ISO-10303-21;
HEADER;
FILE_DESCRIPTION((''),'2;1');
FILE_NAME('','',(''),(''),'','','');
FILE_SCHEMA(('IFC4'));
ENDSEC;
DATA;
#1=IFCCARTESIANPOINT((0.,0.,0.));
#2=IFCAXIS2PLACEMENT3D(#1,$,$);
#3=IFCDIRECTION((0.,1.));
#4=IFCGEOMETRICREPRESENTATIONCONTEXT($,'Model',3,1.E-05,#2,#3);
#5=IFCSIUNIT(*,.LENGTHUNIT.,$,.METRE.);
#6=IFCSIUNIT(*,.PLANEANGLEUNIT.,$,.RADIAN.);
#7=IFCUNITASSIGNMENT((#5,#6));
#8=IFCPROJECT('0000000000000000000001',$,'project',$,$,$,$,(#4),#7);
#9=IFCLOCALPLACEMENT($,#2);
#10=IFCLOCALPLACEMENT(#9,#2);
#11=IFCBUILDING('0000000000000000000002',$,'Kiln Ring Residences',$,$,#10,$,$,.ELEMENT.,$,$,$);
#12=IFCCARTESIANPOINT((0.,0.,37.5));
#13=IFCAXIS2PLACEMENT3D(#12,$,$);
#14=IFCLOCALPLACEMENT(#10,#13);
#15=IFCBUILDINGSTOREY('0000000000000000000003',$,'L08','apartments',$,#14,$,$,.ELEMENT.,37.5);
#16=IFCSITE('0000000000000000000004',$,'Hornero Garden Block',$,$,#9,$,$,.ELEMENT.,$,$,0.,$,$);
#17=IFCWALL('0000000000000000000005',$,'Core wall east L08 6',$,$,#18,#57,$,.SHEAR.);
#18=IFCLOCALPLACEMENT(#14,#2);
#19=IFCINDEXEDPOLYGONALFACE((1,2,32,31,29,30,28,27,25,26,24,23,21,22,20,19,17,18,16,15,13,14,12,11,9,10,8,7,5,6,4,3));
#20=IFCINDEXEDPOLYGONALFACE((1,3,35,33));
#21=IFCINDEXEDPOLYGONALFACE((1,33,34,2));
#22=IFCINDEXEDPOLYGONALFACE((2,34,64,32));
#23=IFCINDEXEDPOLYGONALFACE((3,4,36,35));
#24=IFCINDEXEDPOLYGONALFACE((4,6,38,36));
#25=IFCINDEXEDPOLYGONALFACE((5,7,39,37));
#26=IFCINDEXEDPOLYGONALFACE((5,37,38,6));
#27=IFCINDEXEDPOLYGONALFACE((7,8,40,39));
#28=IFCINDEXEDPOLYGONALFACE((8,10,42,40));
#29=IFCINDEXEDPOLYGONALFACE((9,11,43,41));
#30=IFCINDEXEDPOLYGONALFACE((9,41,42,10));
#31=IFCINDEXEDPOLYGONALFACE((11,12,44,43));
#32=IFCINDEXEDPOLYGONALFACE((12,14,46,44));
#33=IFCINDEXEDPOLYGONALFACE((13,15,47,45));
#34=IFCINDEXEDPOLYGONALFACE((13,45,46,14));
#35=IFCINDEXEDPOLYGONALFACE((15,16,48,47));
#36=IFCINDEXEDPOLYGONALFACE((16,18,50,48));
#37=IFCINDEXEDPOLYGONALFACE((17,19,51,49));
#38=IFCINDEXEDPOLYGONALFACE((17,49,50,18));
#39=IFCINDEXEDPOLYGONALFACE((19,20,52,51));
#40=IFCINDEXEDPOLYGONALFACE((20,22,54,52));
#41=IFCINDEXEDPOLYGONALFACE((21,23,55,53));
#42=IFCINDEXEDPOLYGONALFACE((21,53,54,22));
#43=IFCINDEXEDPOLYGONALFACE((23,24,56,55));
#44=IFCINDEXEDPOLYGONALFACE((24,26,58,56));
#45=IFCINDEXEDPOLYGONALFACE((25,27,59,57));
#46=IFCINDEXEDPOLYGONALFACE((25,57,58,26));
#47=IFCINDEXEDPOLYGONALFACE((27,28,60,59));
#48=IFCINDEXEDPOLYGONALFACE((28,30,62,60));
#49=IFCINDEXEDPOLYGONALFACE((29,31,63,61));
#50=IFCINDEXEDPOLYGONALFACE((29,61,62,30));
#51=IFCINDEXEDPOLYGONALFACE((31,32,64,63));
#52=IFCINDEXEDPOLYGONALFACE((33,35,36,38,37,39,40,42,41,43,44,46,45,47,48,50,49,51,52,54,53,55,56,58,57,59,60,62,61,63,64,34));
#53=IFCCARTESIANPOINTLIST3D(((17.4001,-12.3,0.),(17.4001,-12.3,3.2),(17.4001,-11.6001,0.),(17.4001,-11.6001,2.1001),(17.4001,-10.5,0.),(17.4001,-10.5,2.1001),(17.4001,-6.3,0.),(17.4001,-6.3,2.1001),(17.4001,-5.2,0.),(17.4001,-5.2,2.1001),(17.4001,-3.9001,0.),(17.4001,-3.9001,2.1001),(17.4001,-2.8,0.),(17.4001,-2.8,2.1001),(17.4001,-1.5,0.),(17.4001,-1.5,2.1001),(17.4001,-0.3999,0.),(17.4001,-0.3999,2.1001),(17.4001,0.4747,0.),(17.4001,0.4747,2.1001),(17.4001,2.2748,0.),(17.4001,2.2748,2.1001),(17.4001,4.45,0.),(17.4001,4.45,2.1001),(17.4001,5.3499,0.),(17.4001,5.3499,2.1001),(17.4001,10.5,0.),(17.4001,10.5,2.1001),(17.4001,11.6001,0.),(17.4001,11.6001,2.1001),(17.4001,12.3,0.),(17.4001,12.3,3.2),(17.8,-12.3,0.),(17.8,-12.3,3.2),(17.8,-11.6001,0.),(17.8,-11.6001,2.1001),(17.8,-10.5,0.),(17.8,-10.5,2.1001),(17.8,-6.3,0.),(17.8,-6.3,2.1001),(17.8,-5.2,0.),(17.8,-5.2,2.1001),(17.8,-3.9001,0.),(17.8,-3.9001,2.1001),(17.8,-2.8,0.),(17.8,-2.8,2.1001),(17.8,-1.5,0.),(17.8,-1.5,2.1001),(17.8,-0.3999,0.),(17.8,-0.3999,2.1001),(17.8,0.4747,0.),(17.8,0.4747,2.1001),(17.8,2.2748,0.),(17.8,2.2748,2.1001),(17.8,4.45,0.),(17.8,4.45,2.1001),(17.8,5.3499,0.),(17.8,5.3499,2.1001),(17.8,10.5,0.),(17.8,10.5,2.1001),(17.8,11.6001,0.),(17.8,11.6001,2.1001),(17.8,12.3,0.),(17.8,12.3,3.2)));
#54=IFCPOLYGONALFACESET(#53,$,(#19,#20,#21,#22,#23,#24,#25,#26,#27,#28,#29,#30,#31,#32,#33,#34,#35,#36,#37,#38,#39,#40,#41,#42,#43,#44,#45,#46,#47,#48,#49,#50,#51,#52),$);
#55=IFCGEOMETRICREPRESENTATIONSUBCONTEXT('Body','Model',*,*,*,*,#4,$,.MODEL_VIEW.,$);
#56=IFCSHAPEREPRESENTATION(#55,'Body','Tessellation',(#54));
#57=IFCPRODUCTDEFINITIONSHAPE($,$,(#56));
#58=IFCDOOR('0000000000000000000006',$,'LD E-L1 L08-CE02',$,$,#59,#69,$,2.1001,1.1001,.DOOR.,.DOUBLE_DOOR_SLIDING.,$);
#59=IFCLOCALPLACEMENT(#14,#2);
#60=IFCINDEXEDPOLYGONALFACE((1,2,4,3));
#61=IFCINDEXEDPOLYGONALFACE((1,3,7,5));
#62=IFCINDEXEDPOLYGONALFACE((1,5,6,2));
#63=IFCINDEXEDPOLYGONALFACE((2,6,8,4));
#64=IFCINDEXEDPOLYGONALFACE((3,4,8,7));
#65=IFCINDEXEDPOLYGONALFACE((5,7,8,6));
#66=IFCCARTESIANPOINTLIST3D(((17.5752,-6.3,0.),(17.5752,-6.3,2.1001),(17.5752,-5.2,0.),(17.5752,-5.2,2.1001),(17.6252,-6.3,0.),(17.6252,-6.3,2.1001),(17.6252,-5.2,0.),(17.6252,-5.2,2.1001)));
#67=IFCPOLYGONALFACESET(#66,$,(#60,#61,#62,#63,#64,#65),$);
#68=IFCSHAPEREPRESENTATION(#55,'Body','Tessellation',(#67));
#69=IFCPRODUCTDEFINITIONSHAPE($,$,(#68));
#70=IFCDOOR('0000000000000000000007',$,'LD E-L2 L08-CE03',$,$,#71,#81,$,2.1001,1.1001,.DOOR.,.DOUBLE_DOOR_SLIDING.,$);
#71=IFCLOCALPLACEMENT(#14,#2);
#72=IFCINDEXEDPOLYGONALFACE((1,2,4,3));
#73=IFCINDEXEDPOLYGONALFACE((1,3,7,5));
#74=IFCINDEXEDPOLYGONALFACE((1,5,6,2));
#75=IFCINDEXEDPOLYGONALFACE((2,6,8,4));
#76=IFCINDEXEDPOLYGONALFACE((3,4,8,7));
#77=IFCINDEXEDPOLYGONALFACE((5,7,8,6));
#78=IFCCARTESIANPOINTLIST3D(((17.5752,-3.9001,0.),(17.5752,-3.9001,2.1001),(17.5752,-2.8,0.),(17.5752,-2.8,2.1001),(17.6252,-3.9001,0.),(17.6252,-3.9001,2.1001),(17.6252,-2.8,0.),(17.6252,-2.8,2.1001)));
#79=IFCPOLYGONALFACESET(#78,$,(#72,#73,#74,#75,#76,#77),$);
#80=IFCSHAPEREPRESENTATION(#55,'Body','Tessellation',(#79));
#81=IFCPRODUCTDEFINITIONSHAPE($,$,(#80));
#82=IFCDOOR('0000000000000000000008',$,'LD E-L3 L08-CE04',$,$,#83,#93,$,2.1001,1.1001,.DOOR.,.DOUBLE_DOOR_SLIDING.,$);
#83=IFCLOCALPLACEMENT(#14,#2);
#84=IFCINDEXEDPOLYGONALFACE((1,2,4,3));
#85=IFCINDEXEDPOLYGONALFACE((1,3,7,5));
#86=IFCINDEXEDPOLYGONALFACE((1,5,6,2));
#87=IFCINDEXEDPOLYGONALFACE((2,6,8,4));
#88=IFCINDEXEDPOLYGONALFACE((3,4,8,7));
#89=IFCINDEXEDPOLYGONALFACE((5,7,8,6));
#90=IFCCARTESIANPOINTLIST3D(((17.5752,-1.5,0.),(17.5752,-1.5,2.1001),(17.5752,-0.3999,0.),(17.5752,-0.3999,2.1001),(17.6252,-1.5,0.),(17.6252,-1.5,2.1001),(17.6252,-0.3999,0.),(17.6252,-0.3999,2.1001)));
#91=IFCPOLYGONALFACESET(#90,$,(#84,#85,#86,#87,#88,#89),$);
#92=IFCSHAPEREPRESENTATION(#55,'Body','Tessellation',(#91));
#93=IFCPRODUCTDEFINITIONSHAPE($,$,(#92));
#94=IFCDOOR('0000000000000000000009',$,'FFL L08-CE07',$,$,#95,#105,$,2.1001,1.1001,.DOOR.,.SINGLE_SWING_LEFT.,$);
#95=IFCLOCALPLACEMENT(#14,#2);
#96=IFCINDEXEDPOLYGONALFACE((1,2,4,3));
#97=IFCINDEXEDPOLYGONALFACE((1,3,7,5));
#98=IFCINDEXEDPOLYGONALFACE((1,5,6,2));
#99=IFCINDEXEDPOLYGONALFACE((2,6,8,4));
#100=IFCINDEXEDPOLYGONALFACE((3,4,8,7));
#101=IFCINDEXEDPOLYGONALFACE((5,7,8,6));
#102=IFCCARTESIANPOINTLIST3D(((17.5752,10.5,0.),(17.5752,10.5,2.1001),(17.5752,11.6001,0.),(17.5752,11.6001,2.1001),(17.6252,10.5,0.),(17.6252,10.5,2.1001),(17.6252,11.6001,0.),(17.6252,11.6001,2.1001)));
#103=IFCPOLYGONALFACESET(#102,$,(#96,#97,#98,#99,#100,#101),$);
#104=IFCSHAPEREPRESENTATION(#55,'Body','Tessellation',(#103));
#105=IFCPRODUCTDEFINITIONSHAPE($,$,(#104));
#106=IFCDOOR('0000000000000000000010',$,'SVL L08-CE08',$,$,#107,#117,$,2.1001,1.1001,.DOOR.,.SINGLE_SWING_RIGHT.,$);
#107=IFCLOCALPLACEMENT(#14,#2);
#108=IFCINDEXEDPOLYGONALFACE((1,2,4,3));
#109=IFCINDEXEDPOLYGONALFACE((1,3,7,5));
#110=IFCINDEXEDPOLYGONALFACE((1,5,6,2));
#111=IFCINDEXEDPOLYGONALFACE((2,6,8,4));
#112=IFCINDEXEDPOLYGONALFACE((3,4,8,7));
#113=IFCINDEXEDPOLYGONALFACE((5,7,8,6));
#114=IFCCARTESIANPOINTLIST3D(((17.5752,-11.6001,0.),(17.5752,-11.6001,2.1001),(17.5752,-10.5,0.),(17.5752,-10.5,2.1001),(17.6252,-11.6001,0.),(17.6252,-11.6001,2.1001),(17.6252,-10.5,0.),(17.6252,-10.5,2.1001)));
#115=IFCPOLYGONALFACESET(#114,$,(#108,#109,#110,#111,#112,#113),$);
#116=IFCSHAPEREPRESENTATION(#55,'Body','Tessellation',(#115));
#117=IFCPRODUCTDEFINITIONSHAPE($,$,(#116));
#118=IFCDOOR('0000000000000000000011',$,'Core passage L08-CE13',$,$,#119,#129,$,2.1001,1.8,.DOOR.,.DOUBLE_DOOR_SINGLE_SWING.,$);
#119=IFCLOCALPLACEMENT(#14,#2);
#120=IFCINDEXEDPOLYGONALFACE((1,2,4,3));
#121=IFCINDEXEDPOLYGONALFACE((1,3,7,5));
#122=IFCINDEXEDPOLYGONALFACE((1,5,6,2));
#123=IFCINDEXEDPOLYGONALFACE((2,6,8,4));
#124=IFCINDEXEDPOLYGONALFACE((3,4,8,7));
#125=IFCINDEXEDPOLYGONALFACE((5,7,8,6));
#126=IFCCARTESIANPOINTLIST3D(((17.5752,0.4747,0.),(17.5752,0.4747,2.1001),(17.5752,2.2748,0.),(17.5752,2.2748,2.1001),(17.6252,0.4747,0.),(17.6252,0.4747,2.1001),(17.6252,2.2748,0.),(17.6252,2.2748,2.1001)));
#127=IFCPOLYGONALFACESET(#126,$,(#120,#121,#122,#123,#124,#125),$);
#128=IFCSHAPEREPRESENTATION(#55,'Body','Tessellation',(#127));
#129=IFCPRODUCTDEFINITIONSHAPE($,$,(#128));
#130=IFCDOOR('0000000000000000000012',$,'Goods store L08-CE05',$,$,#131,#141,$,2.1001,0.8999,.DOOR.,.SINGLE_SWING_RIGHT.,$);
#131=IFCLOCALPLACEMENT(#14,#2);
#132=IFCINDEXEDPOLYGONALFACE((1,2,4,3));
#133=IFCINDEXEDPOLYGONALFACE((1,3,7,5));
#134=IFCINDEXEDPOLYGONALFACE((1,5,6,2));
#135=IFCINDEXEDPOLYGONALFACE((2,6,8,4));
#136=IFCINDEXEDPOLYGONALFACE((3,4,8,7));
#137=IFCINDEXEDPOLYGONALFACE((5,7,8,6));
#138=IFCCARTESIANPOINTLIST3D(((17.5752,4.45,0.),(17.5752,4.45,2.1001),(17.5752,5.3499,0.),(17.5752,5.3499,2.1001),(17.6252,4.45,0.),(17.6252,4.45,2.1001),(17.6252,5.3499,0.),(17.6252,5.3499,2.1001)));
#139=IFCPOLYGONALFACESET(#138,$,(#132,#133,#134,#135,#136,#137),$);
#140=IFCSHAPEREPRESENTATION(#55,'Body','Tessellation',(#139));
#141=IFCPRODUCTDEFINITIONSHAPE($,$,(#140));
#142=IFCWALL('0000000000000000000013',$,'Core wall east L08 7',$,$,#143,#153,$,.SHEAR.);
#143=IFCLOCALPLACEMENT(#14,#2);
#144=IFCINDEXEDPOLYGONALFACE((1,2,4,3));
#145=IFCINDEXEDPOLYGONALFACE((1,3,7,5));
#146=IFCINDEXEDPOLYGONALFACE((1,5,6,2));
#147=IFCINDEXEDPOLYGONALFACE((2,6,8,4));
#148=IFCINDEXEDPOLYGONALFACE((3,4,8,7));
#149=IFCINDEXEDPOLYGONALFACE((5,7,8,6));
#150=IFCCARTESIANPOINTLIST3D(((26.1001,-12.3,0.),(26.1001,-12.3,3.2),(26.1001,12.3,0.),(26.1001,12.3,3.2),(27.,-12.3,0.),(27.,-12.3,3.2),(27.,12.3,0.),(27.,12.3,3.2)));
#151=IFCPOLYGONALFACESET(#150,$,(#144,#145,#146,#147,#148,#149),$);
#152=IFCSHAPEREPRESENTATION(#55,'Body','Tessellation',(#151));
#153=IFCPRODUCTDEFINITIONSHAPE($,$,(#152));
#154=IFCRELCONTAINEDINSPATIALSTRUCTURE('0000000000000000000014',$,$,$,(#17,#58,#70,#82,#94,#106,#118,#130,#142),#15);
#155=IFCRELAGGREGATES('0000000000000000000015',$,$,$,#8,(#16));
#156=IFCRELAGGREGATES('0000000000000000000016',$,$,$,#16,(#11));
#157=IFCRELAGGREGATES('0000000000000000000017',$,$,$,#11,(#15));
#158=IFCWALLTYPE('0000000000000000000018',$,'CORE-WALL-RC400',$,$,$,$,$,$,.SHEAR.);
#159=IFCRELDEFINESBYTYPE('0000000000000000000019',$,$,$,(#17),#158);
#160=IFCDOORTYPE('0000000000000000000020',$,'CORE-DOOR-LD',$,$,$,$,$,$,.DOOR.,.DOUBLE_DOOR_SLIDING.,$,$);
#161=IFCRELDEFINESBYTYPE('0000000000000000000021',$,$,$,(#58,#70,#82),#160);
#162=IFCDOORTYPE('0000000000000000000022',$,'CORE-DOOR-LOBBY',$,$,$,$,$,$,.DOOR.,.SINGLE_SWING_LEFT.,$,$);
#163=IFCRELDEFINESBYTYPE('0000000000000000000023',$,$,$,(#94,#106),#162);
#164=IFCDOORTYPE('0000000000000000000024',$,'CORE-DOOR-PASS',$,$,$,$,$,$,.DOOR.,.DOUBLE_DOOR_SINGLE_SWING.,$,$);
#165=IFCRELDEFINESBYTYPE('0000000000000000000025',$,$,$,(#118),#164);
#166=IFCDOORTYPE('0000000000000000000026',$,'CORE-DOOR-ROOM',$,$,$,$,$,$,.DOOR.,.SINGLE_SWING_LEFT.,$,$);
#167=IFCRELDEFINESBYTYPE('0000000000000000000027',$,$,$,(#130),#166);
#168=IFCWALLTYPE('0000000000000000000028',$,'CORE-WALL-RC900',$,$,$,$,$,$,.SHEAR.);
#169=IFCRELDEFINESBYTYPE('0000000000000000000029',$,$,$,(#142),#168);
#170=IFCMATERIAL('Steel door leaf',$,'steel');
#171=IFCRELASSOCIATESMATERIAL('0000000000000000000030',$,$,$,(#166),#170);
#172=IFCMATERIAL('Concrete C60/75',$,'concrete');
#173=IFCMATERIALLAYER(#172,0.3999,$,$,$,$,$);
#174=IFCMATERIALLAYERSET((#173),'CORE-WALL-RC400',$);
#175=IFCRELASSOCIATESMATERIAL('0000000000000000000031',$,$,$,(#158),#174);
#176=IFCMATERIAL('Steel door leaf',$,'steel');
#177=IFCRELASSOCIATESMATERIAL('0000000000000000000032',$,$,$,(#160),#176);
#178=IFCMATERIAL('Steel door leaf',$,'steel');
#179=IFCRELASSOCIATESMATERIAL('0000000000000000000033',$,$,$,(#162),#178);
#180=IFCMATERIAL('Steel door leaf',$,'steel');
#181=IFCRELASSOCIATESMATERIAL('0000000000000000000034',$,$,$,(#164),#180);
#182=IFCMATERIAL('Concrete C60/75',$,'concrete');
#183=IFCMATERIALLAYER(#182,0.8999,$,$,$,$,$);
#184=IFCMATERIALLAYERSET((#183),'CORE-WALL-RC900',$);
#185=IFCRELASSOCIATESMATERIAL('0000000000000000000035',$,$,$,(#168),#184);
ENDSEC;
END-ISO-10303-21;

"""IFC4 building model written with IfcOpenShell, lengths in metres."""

from ifc_helpers import new_model, si_unit, direction, frame, frame_2d, origin, place, context, subcontext, project, spatial, rectangle, extrude, material, layer, layer_set, type_object, element, fill, save


model = new_model("IFC4")

# Units and contexts
model_context = context("Model", 3, precision=1e-05, world=origin(), true_north=direction((0.0, 1.0)))
body_context = subcontext(model_context, "Body", "Model", "MODEL_VIEW")
ifc_project = project(units=[si_unit("LENGTHUNIT", "METRE"), si_unit("PLANEANGLEUNIT", "RADIAN")], contexts=[model_context])

# Site, building, storey
site_placement = place(None, origin())
site = spatial("IfcSite", under=ifc_project, at=site_placement, Name="Hornero Garden Block", CompositionType="ELEMENT", RefElevation=0.0)
building_placement = place(site_placement, origin())
building = spatial("IfcBuilding", under=site, at=building_placement, Name="Kiln Ring Residences", CompositionType="ELEMENT")
storey_placement = place(building_placement, frame((0.0, 0.0, 37.5)))
storey = spatial("IfcBuildingStorey", under=building, at=storey_placement, Name="L08", Description="apartments", CompositionType="ELEMENT", Elevation=37.5)

# Shared definitions
ifc_material_1 = material(Name="Steel door leaf", Category="steel")
door_type_1 = type_object("IfcDoorType", Name="CORE-DOOR-ROOM", OperationType="SINGLE_SWING_LEFT", PredefinedType="DOOR", material=ifc_material_1)

# Wall, openings, doors
ifc_material_2 = material(Name="Concrete C60/75", Category="concrete")
ifc_layer_1 = layer(ifc_material_2, 0.3999)
ifc_layer_set_1 = layer_set([ifc_layer_1], Name="CORE-WALL-RC400")
wall_type_1 = type_object("IfcWallType", Name="CORE-WALL-RC400", PredefinedType="SHEAR", material=ifc_layer_set_1)
wall_1_placement = place(storey_placement, frame((17.6001, -12.3, 0.0), z_axis=(0.0, 0.0, 1.0), x_axis=(0.0, 1.0, 0.0)))
wall_1 = element("IfcWall", 1, at=wall_1_placement, inside=storey, type_object=wall_type_1, Name="Core wall east L08 6", PredefinedType="SHEAR", context=body_context, shape_type="SweptSolid", body=[
    extrude(rectangle(XDim=24.6001, YDim=0.3999, at=frame_2d((12.3, 0.0))), origin(), (0.0, 0.0, 1.0), 3.2),
])
opening_1_placement = place(wall_1_placement, frame((6.0, 0.0, 0.0)))
opening_1 = element("IfcOpeningElement", 2, at=opening_1_placement, cuts=wall_1, PredefinedType="OPENING", context=body_context, shape_type="SweptSolid", body=[
    extrude(rectangle(XDim=1.1001, YDim=2.1001, at=frame_2d((0.55, 1.05))), frame((0.0, 0.21, 0.0), z_axis=(0.0, -1.0, 0.0), x_axis=(1.0, 0.0, 0.0)), (0.0, 0.0, 1.0), 0.4199),
])
opening_2_placement = place(wall_1_placement, frame((8.3999, 0.0, 0.0)))
opening_2 = element("IfcOpeningElement", 3, at=opening_2_placement, cuts=wall_1, PredefinedType="OPENING", context=body_context, shape_type="SweptSolid", body=[
    extrude(rectangle(XDim=1.1001, YDim=2.1001, at=frame_2d((0.55, 1.05))), frame((0.0, 0.21, 0.0), z_axis=(0.0, -1.0, 0.0), x_axis=(1.0, 0.0, 0.0)), (0.0, 0.0, 1.0), 0.4199),
])
opening_3_placement = place(wall_1_placement, frame((10.8, 0.0, 0.0)))
opening_3 = element("IfcOpeningElement", 4, at=opening_3_placement, cuts=wall_1, PredefinedType="OPENING", context=body_context, shape_type="SweptSolid", body=[
    extrude(rectangle(XDim=1.1001, YDim=2.1001, at=frame_2d((0.55, 1.05))), frame((0.0, 0.21, 0.0), z_axis=(0.0, -1.0, 0.0), x_axis=(1.0, 0.0, 0.0)), (0.0, 0.0, 1.0), 0.4199),
])
opening_4_placement = place(wall_1_placement, frame((16.75, 0.0, 0.0)))
opening_4 = element("IfcOpeningElement", 5, at=opening_4_placement, cuts=wall_1, PredefinedType="OPENING", context=body_context, shape_type="SweptSolid", body=[
    extrude(rectangle(XDim=0.8999, YDim=2.1001, at=frame_2d((0.45, 1.05))), frame((0.0, 0.21, 0.0), z_axis=(0.0, -1.0, 0.0), x_axis=(1.0, 0.0, 0.0)), (0.0, 0.0, 1.0), 0.4199),
])
opening_5_placement = place(wall_1_placement, frame((22.8, 0.0, 0.0)))
opening_5 = element("IfcOpeningElement", 6, at=opening_5_placement, cuts=wall_1, PredefinedType="OPENING", context=body_context, shape_type="SweptSolid", body=[
    extrude(rectangle(XDim=1.1001, YDim=2.1001, at=frame_2d((0.55, 1.05))), frame((0.0, 0.21, 0.0), z_axis=(0.0, -1.0, 0.0), x_axis=(1.0, 0.0, 0.0)), (0.0, 0.0, 1.0), 0.4199),
])
opening_6_placement = place(wall_1_placement, frame((0.7, 0.0, 0.0)))
opening_6 = element("IfcOpeningElement", 7, at=opening_6_placement, cuts=wall_1, PredefinedType="OPENING", context=body_context, shape_type="SweptSolid", body=[
    extrude(rectangle(XDim=1.1001, YDim=2.1001, at=frame_2d((0.55, 1.05))), frame((0.0, 0.21, 0.0), z_axis=(0.0, -1.0, 0.0), x_axis=(1.0, 0.0, 0.0)), (0.0, 0.0, 1.0), 0.4199),
])
opening_7_placement = place(wall_1_placement, frame((12.7749, 0.0, 0.0)))
opening_7 = element("IfcOpeningElement", 8, at=opening_7_placement, cuts=wall_1, PredefinedType="OPENING", context=body_context, shape_type="SweptSolid", body=[
    extrude(rectangle(XDim=1.8, YDim=2.1001, at=frame_2d((0.8999, 1.05))), frame((0.0, 0.21, 0.0), z_axis=(0.0, -1.0, 0.0), x_axis=(1.0, 0.0, 0.0)), (0.0, 0.0, 1.0), 0.4199),
])
ifc_material_3 = material(Name="Steel door leaf", Category="steel")
door_type_2 = type_object("IfcDoorType", Name="CORE-DOOR-LD", OperationType="DOUBLE_DOOR_SLIDING", PredefinedType="DOOR", material=ifc_material_3)
door_1_placement = place(opening_1_placement, origin())
door_1 = element("IfcDoor", 9, at=door_1_placement, inside=storey, type_object=door_type_2, Name="LD E-L1 L08-CE02", OperationType="DOUBLE_DOOR_SLIDING", OverallHeight=2.1001, OverallWidth=1.1001, PredefinedType="DOOR", context=body_context, shape_type="SweptSolid", body=[
    extrude(rectangle(XDim=1.1001, YDim=2.1001, at=frame_2d((0.55, 1.05))), frame((0.0, 0.0249, 0.0), z_axis=(0.0, -1.0, 0.0), x_axis=(1.0, 0.0, 0.0)), (0.0, 0.0, 1.0), 0.05),
])
fill(opening_1, door_1)
door_2_placement = place(opening_2_placement, origin())
door_2 = element("IfcDoor", 10, at=door_2_placement, inside=storey, type_object=door_type_2, Name="LD E-L2 L08-CE03", OperationType="DOUBLE_DOOR_SLIDING", OverallHeight=2.1001, OverallWidth=1.1001, PredefinedType="DOOR", context=body_context, shape_type="SweptSolid", body=[
    extrude(rectangle(XDim=1.1001, YDim=2.1001, at=frame_2d((0.55, 1.05))), frame((0.0, 0.0249, 0.0), z_axis=(0.0, -1.0, 0.0), x_axis=(1.0, 0.0, 0.0)), (0.0, 0.0, 1.0), 0.05),
])
fill(opening_2, door_2)
door_3_placement = place(opening_3_placement, origin())
door_3 = element("IfcDoor", 11, at=door_3_placement, inside=storey, type_object=door_type_2, Name="LD E-L3 L08-CE04", OperationType="DOUBLE_DOOR_SLIDING", OverallHeight=2.1001, OverallWidth=1.1001, PredefinedType="DOOR", context=body_context, shape_type="SweptSolid", body=[
    extrude(rectangle(XDim=1.1001, YDim=2.1001, at=frame_2d((0.55, 1.05))), frame((0.0, 0.0249, 0.0), z_axis=(0.0, -1.0, 0.0), x_axis=(1.0, 0.0, 0.0)), (0.0, 0.0, 1.0), 0.05),
])
fill(opening_3, door_3)
ifc_material_4 = material(Name="Steel door leaf", Category="steel")
door_type_3 = type_object("IfcDoorType", Name="CORE-DOOR-LOBBY", OperationType="SINGLE_SWING_LEFT", PredefinedType="DOOR", material=ifc_material_4)
door_4_placement = place(opening_5_placement, origin())
door_4 = element("IfcDoor", 12, at=door_4_placement, inside=storey, type_object=door_type_3, Name="FFL L08-CE07", OperationType="SINGLE_SWING_LEFT", OverallHeight=2.1001, OverallWidth=1.1001, PredefinedType="DOOR", context=body_context, shape_type="SweptSolid", body=[
    extrude(rectangle(XDim=1.1001, YDim=2.1001, at=frame_2d((0.55, 1.05))), frame((0.0, 0.0249, 0.0), z_axis=(0.0, -1.0, 0.0), x_axis=(1.0, 0.0, 0.0)), (0.0, 0.0, 1.0), 0.05),
])
fill(opening_5, door_4)
door_5_placement = place(opening_6_placement, origin())
door_5 = element("IfcDoor", 13, at=door_5_placement, inside=storey, type_object=door_type_3, Name="SVL L08-CE08", OperationType="SINGLE_SWING_RIGHT", OverallHeight=2.1001, OverallWidth=1.1001, PredefinedType="DOOR", context=body_context, shape_type="SweptSolid", body=[
    extrude(rectangle(XDim=1.1001, YDim=2.1001, at=frame_2d((0.55, 1.05))), frame((0.0, 0.0249, 0.0), z_axis=(0.0, -1.0, 0.0), x_axis=(1.0, 0.0, 0.0)), (0.0, 0.0, 1.0), 0.05),
])
fill(opening_6, door_5)
ifc_material_5 = material(Name="Steel door leaf", Category="steel")
door_type_4 = type_object("IfcDoorType", Name="CORE-DOOR-PASS", OperationType="DOUBLE_DOOR_SINGLE_SWING", PredefinedType="DOOR", material=ifc_material_5)
door_6_placement = place(opening_7_placement, origin())
door_6 = element("IfcDoor", 14, at=door_6_placement, inside=storey, type_object=door_type_4, Name="Core passage L08-CE13", OperationType="DOUBLE_DOOR_SINGLE_SWING", OverallHeight=2.1001, OverallWidth=1.8, PredefinedType="DOOR", context=body_context, shape_type="SweptSolid", body=[
    extrude(rectangle(XDim=1.8, YDim=2.1001, at=frame_2d((0.8999, 1.05))), frame((0.0, 0.0249, 0.0), z_axis=(0.0, -1.0, 0.0), x_axis=(1.0, 0.0, 0.0)), (0.0, 0.0, 1.0), 0.05),
])
fill(opening_7, door_6)
door_7_placement = place(opening_4_placement, origin())
door_7 = element("IfcDoor", 15, at=door_7_placement, inside=storey, type_object=door_type_1, Name="Goods store L08-CE05", OperationType="SINGLE_SWING_RIGHT", OverallHeight=2.1001, OverallWidth=0.8999, PredefinedType="DOOR", context=body_context, shape_type="SweptSolid", body=[
    extrude(rectangle(XDim=0.8999, YDim=2.1001, at=frame_2d((0.45, 1.05))), frame((0.0, 0.0249, 0.0), z_axis=(0.0, -1.0, 0.0), x_axis=(1.0, 0.0, 0.0)), (0.0, 0.0, 1.0), 0.05),
])
fill(opening_4, door_7)

# Wall
ifc_material_6 = material(Name="Concrete C60/75", Category="concrete")
ifc_layer_2 = layer(ifc_material_6, 0.8999)
ifc_layer_set_2 = layer_set([ifc_layer_2], Name="CORE-WALL-RC900")
wall_type_2 = type_object("IfcWallType", Name="CORE-WALL-RC900", PredefinedType="SHEAR", material=ifc_layer_set_2)
wall_2_placement = place(storey_placement, frame((26.55, -12.3, 0.0), z_axis=(0.0, 0.0, 1.0), x_axis=(0.0, 1.0, 0.0)))
element("IfcWall", 16, at=wall_2_placement, inside=storey, type_object=wall_type_2, Name="Core wall east L08 7", PredefinedType="SHEAR", context=body_context, shape_type="SweptSolid", body=[
    extrude(rectangle(XDim=24.6001, YDim=0.8999, at=frame_2d((12.3, 0.0))), origin(), (0.0, 0.0, 1.0), 3.2),
])

save(model, "model.ifc")
